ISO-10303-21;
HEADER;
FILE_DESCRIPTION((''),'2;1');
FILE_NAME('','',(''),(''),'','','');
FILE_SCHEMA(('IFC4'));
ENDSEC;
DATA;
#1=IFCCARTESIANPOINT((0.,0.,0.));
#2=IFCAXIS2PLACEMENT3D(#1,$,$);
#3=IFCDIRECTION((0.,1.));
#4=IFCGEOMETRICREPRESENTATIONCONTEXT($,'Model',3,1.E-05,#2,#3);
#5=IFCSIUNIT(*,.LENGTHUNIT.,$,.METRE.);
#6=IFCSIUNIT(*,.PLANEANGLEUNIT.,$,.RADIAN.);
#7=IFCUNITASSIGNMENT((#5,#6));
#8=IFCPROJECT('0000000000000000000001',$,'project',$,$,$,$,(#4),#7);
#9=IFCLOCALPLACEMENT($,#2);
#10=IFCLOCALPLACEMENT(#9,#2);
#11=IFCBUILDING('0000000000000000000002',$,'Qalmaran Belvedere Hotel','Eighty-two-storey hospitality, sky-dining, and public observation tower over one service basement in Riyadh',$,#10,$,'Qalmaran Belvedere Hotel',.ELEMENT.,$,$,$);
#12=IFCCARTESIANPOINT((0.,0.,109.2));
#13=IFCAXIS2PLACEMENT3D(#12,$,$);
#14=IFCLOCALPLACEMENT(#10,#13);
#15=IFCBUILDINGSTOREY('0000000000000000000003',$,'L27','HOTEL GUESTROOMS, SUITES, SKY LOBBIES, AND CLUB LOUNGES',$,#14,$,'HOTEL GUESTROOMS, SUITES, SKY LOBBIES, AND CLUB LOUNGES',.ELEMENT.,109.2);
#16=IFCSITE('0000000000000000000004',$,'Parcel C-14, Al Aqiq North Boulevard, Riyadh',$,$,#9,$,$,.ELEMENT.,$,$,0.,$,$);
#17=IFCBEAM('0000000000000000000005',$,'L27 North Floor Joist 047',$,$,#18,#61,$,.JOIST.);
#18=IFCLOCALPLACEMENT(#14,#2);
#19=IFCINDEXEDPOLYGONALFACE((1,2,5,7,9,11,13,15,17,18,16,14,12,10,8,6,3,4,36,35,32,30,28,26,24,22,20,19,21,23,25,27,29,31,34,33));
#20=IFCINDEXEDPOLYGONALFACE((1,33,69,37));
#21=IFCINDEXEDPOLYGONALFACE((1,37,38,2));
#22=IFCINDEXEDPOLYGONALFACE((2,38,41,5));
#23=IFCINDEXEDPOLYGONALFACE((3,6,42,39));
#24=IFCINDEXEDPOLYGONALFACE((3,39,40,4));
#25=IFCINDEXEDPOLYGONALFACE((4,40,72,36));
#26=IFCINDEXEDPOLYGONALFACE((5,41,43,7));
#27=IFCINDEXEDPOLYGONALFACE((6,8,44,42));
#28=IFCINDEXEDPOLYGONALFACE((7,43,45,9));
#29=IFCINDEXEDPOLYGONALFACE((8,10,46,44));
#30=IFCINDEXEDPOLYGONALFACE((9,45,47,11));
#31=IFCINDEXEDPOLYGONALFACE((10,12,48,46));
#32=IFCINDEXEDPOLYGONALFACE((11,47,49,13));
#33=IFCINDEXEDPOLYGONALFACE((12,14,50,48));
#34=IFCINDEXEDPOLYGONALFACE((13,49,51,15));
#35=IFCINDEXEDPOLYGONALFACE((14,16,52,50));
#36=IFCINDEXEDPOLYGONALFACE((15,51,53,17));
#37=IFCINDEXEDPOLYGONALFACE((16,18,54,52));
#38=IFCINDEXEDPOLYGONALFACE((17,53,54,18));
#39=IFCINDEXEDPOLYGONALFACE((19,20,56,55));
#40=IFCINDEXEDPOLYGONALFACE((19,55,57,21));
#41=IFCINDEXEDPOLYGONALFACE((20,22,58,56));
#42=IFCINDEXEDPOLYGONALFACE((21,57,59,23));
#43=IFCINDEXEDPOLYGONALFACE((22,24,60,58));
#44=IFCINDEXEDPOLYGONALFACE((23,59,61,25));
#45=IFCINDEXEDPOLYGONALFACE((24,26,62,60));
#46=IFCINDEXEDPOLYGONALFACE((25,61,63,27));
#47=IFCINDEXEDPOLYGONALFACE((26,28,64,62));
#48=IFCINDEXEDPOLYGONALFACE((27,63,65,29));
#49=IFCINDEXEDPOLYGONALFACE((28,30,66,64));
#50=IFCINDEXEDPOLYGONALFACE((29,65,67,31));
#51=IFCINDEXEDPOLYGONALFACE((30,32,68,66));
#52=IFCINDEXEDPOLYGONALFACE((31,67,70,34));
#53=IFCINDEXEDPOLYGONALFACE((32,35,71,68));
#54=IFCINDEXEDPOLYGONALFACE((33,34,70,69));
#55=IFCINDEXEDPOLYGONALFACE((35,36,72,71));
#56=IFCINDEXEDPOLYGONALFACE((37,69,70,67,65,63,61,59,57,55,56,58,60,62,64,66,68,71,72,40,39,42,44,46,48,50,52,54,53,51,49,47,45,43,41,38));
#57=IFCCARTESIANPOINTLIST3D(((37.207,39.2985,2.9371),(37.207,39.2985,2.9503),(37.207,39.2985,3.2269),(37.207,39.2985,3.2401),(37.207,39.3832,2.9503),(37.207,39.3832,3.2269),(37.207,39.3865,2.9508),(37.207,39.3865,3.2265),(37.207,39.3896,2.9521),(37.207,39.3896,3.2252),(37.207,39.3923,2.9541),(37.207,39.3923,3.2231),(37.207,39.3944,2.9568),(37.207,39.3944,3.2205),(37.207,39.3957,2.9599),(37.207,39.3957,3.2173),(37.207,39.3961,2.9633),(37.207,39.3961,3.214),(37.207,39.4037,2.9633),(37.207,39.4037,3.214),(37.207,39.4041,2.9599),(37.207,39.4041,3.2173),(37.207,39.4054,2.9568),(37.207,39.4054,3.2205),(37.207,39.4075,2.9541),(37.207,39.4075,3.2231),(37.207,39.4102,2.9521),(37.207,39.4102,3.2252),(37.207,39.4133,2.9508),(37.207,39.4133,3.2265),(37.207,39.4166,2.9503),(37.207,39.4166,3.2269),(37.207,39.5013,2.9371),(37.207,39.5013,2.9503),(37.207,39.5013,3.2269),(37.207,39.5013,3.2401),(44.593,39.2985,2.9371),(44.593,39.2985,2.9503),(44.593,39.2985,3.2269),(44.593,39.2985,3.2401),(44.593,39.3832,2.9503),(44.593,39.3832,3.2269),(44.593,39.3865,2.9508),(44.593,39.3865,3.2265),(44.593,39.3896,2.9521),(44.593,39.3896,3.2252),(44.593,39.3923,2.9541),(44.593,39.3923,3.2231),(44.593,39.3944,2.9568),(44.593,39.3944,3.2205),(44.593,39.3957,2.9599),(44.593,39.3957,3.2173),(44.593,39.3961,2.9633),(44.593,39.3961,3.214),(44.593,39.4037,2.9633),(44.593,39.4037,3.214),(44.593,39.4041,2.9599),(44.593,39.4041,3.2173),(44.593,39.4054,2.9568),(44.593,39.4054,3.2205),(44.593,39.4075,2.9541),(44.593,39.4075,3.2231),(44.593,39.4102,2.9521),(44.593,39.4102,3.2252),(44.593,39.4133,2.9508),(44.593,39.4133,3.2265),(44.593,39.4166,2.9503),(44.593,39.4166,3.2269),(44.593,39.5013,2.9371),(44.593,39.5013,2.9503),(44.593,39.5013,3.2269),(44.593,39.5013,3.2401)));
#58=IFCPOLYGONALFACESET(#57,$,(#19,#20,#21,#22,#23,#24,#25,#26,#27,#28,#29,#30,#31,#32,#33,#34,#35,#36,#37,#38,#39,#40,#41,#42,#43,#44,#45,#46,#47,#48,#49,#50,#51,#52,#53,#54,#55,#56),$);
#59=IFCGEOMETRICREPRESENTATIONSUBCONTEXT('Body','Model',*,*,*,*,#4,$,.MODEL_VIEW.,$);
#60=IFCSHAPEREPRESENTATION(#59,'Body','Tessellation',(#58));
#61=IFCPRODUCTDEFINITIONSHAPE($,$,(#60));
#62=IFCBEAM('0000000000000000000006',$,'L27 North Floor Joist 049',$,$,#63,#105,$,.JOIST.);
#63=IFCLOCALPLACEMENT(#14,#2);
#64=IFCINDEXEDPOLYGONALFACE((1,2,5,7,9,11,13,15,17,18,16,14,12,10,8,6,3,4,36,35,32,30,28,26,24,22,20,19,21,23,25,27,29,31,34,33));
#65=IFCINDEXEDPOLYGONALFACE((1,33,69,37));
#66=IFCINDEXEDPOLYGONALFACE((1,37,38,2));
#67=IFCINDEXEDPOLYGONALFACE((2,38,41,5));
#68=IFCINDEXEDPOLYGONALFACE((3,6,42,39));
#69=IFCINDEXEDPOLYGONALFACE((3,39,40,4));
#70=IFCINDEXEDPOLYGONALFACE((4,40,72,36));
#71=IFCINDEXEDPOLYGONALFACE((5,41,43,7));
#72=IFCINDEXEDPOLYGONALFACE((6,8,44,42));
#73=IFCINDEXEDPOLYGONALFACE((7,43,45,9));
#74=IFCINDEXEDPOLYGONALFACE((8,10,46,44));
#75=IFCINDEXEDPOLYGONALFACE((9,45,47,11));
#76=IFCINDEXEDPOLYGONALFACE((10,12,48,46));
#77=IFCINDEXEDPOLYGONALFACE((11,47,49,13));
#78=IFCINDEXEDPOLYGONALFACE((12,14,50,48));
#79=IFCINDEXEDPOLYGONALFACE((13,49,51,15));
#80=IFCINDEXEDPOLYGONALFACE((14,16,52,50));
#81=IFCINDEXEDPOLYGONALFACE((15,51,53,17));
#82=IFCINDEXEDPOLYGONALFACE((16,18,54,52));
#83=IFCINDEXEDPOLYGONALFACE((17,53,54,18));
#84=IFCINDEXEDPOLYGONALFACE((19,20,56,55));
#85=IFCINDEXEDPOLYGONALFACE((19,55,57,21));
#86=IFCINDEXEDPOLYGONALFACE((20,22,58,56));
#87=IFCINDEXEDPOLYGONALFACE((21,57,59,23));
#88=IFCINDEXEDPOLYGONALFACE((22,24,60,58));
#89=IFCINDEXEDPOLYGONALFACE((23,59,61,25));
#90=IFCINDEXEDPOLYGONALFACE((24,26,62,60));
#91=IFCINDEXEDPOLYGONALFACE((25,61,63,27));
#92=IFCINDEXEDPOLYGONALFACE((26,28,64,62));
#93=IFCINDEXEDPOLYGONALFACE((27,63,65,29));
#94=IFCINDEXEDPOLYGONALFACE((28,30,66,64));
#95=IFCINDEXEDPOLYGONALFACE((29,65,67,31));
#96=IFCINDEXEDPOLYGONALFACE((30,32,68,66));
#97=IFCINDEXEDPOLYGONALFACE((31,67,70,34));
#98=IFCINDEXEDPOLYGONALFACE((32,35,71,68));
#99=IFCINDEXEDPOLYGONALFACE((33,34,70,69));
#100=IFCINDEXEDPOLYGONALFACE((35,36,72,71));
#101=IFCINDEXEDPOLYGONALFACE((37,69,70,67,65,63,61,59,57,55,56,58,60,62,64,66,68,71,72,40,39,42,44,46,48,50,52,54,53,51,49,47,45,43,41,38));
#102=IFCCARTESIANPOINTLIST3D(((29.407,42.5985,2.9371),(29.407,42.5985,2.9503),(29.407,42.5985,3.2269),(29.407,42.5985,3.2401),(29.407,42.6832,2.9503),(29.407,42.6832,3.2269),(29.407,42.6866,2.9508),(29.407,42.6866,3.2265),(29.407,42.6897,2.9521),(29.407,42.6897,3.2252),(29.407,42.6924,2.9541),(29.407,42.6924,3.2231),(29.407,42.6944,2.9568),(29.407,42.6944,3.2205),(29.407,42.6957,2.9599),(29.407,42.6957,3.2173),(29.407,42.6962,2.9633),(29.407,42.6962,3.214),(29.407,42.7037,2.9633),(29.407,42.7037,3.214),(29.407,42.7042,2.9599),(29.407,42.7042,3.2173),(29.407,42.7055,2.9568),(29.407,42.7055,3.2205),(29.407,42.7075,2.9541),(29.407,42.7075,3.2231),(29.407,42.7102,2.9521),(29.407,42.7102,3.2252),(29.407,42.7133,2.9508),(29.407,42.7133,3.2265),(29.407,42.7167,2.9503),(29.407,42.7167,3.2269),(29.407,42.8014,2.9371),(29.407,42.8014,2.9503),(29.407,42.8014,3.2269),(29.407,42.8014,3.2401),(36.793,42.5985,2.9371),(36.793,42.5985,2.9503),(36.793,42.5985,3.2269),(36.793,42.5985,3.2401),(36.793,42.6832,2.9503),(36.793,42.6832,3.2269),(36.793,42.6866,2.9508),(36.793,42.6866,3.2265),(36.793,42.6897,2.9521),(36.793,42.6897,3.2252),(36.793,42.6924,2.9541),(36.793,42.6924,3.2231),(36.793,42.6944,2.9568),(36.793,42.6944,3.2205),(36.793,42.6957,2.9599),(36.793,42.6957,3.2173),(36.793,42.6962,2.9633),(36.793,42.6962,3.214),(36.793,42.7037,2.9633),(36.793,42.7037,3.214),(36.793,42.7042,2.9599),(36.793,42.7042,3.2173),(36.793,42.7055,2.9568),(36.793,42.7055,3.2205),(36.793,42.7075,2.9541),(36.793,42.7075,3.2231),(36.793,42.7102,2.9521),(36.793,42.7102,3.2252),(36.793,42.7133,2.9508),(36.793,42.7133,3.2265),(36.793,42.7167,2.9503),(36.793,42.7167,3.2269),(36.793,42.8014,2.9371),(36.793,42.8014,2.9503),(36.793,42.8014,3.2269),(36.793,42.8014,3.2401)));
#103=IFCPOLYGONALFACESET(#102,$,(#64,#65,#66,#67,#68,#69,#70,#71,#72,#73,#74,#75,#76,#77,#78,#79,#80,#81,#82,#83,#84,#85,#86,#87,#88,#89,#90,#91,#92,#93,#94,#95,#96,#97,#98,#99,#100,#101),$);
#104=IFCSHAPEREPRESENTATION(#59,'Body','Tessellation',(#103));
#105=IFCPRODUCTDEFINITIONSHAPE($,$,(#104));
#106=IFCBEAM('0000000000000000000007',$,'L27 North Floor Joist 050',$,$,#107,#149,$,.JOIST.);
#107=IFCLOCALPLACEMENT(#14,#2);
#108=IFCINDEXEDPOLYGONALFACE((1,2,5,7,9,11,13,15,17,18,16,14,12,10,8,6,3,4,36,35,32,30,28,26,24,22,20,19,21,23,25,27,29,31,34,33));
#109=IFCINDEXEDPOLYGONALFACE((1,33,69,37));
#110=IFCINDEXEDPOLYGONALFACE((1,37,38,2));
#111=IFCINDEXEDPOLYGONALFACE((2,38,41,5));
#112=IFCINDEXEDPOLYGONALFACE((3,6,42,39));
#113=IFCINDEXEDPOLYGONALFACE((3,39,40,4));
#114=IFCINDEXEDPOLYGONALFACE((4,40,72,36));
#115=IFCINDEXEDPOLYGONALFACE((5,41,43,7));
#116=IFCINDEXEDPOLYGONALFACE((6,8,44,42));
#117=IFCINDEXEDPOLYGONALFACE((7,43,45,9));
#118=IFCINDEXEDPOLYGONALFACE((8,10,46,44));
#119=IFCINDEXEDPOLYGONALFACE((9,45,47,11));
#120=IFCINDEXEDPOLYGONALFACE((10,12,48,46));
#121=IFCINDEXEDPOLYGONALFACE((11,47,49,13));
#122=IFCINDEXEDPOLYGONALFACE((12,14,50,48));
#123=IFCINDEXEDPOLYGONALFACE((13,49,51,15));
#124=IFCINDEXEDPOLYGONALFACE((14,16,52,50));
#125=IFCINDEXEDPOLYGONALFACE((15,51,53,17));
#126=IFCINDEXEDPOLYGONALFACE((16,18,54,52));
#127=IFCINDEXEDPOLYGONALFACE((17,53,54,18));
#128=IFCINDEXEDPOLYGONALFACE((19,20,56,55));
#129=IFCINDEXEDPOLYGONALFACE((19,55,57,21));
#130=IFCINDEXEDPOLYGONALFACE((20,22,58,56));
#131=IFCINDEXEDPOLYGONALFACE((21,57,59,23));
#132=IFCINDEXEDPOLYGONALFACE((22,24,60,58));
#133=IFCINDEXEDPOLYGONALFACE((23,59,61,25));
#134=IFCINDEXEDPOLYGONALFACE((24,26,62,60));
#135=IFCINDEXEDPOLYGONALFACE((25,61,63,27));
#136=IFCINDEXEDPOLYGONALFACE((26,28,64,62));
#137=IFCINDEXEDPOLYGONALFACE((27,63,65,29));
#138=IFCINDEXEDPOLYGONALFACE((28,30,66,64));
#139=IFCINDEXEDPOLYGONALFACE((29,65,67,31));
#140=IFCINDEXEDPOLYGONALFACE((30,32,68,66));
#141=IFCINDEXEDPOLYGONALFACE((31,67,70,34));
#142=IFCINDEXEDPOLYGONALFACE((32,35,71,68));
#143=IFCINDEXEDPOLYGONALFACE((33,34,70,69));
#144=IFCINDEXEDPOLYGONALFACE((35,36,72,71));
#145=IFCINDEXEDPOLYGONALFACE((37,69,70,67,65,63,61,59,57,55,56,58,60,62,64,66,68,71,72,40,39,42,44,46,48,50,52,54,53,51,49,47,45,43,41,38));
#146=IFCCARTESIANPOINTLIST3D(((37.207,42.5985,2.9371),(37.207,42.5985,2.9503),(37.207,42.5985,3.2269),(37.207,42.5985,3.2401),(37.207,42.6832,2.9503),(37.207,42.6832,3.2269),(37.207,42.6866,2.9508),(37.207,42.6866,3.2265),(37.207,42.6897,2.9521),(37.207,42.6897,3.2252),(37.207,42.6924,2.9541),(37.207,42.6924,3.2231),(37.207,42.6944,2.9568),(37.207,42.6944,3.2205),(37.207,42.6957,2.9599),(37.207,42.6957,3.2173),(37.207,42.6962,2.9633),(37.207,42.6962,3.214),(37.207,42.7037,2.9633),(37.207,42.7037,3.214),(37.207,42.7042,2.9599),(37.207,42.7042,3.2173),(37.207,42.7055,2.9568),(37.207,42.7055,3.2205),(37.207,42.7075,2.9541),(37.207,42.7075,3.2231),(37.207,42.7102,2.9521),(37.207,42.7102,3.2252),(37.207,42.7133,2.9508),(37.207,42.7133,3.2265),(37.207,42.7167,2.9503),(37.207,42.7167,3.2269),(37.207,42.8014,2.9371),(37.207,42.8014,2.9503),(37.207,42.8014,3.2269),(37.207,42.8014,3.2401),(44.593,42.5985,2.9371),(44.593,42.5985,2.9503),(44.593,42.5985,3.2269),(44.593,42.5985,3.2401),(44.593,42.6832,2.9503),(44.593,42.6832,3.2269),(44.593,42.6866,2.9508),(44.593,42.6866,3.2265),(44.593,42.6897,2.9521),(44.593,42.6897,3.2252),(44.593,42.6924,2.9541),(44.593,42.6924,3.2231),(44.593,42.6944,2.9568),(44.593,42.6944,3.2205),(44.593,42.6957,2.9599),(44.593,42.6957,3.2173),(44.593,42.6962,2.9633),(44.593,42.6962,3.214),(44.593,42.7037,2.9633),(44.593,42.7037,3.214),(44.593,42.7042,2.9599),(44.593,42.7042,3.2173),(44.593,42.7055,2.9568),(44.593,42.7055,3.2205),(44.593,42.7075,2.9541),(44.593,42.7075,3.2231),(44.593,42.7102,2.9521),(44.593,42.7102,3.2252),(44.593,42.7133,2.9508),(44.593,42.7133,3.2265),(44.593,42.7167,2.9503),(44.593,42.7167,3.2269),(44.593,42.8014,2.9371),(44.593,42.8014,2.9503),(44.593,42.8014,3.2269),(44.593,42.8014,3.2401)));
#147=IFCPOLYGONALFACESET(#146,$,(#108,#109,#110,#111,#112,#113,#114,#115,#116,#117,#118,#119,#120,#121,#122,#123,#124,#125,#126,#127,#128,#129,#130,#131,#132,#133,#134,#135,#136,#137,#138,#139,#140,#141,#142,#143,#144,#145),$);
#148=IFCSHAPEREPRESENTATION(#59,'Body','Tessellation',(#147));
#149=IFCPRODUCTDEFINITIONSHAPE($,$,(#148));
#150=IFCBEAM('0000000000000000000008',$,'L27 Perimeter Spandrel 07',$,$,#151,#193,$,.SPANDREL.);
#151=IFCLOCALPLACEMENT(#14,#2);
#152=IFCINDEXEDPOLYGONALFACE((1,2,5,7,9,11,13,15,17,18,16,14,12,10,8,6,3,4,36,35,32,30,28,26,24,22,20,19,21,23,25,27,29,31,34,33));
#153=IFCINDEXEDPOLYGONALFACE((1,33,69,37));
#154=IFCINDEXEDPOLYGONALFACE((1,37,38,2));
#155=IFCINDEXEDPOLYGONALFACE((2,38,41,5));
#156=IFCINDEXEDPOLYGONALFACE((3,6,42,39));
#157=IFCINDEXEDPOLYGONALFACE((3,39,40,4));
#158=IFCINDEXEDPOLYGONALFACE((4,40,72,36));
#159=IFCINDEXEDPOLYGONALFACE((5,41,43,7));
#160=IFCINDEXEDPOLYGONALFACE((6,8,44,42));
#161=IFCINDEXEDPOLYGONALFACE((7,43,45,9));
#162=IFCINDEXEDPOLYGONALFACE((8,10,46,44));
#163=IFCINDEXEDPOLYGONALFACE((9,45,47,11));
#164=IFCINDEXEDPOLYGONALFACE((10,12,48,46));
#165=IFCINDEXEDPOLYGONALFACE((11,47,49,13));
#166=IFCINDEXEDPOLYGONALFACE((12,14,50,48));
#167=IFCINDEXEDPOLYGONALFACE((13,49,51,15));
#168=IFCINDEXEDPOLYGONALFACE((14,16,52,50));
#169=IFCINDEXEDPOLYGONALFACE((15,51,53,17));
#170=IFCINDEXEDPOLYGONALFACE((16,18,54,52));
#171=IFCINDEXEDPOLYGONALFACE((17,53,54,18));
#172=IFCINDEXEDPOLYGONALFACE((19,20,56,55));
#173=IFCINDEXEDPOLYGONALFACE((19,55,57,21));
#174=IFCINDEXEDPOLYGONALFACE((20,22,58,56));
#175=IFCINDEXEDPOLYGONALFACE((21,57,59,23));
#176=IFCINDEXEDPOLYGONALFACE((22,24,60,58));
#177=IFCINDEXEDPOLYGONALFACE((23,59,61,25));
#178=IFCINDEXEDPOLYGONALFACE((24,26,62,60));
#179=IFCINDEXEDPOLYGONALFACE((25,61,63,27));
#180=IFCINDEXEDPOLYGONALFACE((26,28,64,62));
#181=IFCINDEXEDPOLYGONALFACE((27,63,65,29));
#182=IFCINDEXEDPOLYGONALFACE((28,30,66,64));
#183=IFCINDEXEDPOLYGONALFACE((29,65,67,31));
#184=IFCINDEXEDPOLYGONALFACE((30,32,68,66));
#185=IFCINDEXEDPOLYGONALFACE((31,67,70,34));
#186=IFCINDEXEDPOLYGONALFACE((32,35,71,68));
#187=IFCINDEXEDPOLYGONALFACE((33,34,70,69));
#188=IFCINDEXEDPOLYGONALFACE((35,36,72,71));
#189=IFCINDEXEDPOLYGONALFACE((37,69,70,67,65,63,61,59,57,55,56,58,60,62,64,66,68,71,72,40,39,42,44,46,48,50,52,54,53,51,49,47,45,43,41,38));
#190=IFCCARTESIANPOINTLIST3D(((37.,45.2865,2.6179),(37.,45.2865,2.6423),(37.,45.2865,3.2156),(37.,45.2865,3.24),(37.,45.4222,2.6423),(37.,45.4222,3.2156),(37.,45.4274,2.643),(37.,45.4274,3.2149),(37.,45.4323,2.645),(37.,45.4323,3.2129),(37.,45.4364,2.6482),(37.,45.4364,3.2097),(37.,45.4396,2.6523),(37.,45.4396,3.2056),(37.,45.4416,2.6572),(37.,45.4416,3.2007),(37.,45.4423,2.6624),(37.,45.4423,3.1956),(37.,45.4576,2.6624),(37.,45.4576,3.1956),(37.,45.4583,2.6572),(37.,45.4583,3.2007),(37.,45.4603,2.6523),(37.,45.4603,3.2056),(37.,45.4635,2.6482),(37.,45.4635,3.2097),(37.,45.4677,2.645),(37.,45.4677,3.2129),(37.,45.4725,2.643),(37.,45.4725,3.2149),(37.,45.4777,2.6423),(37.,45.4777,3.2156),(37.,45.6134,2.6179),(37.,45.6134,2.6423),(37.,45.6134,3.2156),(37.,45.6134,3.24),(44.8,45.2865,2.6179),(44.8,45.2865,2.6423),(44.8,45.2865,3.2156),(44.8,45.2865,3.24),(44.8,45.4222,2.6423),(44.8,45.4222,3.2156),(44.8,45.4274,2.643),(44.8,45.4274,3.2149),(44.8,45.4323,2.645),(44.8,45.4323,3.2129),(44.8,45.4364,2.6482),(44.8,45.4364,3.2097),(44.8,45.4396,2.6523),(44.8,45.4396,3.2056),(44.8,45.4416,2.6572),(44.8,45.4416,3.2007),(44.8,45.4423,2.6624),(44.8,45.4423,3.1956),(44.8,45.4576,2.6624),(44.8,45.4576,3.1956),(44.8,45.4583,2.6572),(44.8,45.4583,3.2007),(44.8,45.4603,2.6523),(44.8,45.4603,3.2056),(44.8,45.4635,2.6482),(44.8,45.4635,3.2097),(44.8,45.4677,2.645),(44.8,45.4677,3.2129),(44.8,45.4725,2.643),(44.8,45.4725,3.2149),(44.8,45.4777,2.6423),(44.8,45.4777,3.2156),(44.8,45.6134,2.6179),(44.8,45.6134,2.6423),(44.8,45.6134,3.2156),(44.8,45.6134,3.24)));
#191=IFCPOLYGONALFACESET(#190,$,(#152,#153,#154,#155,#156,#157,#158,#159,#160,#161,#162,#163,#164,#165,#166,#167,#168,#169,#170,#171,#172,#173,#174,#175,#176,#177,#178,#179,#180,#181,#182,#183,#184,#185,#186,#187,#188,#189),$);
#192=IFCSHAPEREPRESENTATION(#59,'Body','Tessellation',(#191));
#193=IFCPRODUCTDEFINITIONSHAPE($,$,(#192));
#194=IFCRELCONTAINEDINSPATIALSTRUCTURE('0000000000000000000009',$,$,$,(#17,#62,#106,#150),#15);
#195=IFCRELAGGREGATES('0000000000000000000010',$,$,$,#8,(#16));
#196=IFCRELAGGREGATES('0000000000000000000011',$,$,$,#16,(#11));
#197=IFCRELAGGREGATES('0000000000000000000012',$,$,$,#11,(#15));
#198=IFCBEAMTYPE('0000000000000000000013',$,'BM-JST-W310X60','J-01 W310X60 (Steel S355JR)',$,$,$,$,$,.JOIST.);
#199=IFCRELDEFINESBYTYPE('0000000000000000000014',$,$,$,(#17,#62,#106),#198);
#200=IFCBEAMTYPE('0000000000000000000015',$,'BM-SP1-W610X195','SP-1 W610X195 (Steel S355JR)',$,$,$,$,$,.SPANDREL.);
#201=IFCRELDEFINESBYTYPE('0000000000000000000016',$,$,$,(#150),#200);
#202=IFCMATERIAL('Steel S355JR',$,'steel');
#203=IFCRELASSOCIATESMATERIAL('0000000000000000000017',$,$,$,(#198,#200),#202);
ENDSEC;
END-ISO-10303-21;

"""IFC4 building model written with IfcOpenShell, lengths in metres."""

from ifc_helpers import new_model, si_unit, direction, frame, origin, origin_2d, place, context, subcontext, project, spatial, i_section, extrude, material, material_profile, profile_set, type_object, element, save


model = new_model("IFC4")

# Units and contexts
model_context = context("Model", 3, precision=1e-05, world=origin(), true_north=direction((0.0, 1.0)))
body_context = subcontext(model_context, "Body", "Model", "MODEL_VIEW")
ifc_project = project(units=[si_unit("LENGTHUNIT", "METRE"), si_unit("PLANEANGLEUNIT", "RADIAN")], contexts=[model_context])

# Site, building, storey
site_placement = place(None, origin())
site = spatial("IfcSite", under=ifc_project, at=site_placement, Name="Parcel C-14, Al Aqiq North Boulevard, Riyadh", CompositionType="ELEMENT", RefElevation=0.0)
building_placement = place(site_placement, origin())
building = spatial("IfcBuilding", under=site, at=building_placement, Name="Qalmaran Belvedere Hotel", Description="Eighty-two-storey hospitality, sky-dining, and public observation tower over one service basement in Riyadh", LongName="Qalmaran Belvedere Hotel", CompositionType="ELEMENT")
storey_placement = place(building_placement, frame((0.0, 0.0, 109.2)))
storey = spatial("IfcBuildingStorey", under=building, at=storey_placement, Name="L27", Description="HOTEL GUESTROOMS, SUITES, SKY LOBBIES, AND CLUB LOUNGES", LongName="HOTEL GUESTROOMS, SUITES, SKY LOBBIES, AND CLUB LOUNGES", CompositionType="ELEMENT", Elevation=109.2)

# Beams
ifc_material_1 = material(Name="Steel S355JR", Category="steel")
ifc_material_profile_1 = material_profile(ifc_material_1, i_section(OverallWidth=0.2029, OverallDepth=0.303, WebThickness=0.0076, FlangeThickness=0.0132, FilletRadius=0.0129, at=origin_2d()), Name="W310X60")
ifc_profile_set_1 = profile_set([ifc_material_profile_1], Name="Steel S355JR")
beam_type_1 = type_object("IfcBeamType", Name="BM-JST-W310X60", Description="J-01 W310X60 (Steel S355JR)", PredefinedType="JOIST", material=ifc_profile_set_1)
for number, where, z_axis, x_axis, name in (
    (1, (37.207, 39.3999, 3.0886), (1.0, 0.0, 0.0), (0.0, 1.0, 0.0), "L27 North Floor Joist 047"),
    (2, (29.407, 42.7, 3.0886), (1.0, 0.0, 0.0), (0.0, 1.0, 0.0), "L27 North Floor Joist 049"),
    (3, (37.207, 42.7, 3.0886), (1.0, 0.0, 0.0), (0.0, 1.0, 0.0), "L27 North Floor Joist 050"),
):
    element("IfcBeam", number, at=place(storey_placement, frame(where, z_axis=z_axis, x_axis=x_axis)), inside=storey, type_object=beam_type_1, Name=name, PredefinedType="JOIST", context=body_context, shape_type="SweptSolid", body=[
        extrude(i_section(OverallWidth=0.2029, OverallDepth=0.303, WebThickness=0.0076, FlangeThickness=0.0132, FilletRadius=0.0129, at=origin_2d()), origin(), (0.0, 0.0, 1.0), 7.386),
    ])
ifc_material_profile_2 = material_profile(ifc_material_1, i_section(OverallWidth=0.3269, OverallDepth=0.6221, WebThickness=0.0154, FlangeThickness=0.0244, FilletRadius=0.02, at=origin_2d()), Name="W610X195")
ifc_profile_set_2 = profile_set([ifc_material_profile_2], Name="Steel S355JR")
beam_type_2 = type_object("IfcBeamType", Name="BM-SP1-W610X195", Description="SP-1 W610X195 (Steel S355JR)", PredefinedType="SPANDREL", material=ifc_profile_set_2)
beam_placement = place(storey_placement, frame((37.0, 45.45, 2.929), z_axis=(1.0, 0.0, 0.0), x_axis=(0.0, 1.0, 0.0)))
element("IfcBeam", 4, at=beam_placement, inside=storey, type_object=beam_type_2, Name="L27 Perimeter Spandrel 07", PredefinedType="SPANDREL", context=body_context, shape_type="SweptSolid", body=[
    extrude(i_section(OverallWidth=0.3269, OverallDepth=0.6221, WebThickness=0.0154, FlangeThickness=0.0244, FilletRadius=0.02, at=origin_2d()), origin(), (0.0, 0.0, 1.0), 7.8),
])

save(model, "model.ifc")
